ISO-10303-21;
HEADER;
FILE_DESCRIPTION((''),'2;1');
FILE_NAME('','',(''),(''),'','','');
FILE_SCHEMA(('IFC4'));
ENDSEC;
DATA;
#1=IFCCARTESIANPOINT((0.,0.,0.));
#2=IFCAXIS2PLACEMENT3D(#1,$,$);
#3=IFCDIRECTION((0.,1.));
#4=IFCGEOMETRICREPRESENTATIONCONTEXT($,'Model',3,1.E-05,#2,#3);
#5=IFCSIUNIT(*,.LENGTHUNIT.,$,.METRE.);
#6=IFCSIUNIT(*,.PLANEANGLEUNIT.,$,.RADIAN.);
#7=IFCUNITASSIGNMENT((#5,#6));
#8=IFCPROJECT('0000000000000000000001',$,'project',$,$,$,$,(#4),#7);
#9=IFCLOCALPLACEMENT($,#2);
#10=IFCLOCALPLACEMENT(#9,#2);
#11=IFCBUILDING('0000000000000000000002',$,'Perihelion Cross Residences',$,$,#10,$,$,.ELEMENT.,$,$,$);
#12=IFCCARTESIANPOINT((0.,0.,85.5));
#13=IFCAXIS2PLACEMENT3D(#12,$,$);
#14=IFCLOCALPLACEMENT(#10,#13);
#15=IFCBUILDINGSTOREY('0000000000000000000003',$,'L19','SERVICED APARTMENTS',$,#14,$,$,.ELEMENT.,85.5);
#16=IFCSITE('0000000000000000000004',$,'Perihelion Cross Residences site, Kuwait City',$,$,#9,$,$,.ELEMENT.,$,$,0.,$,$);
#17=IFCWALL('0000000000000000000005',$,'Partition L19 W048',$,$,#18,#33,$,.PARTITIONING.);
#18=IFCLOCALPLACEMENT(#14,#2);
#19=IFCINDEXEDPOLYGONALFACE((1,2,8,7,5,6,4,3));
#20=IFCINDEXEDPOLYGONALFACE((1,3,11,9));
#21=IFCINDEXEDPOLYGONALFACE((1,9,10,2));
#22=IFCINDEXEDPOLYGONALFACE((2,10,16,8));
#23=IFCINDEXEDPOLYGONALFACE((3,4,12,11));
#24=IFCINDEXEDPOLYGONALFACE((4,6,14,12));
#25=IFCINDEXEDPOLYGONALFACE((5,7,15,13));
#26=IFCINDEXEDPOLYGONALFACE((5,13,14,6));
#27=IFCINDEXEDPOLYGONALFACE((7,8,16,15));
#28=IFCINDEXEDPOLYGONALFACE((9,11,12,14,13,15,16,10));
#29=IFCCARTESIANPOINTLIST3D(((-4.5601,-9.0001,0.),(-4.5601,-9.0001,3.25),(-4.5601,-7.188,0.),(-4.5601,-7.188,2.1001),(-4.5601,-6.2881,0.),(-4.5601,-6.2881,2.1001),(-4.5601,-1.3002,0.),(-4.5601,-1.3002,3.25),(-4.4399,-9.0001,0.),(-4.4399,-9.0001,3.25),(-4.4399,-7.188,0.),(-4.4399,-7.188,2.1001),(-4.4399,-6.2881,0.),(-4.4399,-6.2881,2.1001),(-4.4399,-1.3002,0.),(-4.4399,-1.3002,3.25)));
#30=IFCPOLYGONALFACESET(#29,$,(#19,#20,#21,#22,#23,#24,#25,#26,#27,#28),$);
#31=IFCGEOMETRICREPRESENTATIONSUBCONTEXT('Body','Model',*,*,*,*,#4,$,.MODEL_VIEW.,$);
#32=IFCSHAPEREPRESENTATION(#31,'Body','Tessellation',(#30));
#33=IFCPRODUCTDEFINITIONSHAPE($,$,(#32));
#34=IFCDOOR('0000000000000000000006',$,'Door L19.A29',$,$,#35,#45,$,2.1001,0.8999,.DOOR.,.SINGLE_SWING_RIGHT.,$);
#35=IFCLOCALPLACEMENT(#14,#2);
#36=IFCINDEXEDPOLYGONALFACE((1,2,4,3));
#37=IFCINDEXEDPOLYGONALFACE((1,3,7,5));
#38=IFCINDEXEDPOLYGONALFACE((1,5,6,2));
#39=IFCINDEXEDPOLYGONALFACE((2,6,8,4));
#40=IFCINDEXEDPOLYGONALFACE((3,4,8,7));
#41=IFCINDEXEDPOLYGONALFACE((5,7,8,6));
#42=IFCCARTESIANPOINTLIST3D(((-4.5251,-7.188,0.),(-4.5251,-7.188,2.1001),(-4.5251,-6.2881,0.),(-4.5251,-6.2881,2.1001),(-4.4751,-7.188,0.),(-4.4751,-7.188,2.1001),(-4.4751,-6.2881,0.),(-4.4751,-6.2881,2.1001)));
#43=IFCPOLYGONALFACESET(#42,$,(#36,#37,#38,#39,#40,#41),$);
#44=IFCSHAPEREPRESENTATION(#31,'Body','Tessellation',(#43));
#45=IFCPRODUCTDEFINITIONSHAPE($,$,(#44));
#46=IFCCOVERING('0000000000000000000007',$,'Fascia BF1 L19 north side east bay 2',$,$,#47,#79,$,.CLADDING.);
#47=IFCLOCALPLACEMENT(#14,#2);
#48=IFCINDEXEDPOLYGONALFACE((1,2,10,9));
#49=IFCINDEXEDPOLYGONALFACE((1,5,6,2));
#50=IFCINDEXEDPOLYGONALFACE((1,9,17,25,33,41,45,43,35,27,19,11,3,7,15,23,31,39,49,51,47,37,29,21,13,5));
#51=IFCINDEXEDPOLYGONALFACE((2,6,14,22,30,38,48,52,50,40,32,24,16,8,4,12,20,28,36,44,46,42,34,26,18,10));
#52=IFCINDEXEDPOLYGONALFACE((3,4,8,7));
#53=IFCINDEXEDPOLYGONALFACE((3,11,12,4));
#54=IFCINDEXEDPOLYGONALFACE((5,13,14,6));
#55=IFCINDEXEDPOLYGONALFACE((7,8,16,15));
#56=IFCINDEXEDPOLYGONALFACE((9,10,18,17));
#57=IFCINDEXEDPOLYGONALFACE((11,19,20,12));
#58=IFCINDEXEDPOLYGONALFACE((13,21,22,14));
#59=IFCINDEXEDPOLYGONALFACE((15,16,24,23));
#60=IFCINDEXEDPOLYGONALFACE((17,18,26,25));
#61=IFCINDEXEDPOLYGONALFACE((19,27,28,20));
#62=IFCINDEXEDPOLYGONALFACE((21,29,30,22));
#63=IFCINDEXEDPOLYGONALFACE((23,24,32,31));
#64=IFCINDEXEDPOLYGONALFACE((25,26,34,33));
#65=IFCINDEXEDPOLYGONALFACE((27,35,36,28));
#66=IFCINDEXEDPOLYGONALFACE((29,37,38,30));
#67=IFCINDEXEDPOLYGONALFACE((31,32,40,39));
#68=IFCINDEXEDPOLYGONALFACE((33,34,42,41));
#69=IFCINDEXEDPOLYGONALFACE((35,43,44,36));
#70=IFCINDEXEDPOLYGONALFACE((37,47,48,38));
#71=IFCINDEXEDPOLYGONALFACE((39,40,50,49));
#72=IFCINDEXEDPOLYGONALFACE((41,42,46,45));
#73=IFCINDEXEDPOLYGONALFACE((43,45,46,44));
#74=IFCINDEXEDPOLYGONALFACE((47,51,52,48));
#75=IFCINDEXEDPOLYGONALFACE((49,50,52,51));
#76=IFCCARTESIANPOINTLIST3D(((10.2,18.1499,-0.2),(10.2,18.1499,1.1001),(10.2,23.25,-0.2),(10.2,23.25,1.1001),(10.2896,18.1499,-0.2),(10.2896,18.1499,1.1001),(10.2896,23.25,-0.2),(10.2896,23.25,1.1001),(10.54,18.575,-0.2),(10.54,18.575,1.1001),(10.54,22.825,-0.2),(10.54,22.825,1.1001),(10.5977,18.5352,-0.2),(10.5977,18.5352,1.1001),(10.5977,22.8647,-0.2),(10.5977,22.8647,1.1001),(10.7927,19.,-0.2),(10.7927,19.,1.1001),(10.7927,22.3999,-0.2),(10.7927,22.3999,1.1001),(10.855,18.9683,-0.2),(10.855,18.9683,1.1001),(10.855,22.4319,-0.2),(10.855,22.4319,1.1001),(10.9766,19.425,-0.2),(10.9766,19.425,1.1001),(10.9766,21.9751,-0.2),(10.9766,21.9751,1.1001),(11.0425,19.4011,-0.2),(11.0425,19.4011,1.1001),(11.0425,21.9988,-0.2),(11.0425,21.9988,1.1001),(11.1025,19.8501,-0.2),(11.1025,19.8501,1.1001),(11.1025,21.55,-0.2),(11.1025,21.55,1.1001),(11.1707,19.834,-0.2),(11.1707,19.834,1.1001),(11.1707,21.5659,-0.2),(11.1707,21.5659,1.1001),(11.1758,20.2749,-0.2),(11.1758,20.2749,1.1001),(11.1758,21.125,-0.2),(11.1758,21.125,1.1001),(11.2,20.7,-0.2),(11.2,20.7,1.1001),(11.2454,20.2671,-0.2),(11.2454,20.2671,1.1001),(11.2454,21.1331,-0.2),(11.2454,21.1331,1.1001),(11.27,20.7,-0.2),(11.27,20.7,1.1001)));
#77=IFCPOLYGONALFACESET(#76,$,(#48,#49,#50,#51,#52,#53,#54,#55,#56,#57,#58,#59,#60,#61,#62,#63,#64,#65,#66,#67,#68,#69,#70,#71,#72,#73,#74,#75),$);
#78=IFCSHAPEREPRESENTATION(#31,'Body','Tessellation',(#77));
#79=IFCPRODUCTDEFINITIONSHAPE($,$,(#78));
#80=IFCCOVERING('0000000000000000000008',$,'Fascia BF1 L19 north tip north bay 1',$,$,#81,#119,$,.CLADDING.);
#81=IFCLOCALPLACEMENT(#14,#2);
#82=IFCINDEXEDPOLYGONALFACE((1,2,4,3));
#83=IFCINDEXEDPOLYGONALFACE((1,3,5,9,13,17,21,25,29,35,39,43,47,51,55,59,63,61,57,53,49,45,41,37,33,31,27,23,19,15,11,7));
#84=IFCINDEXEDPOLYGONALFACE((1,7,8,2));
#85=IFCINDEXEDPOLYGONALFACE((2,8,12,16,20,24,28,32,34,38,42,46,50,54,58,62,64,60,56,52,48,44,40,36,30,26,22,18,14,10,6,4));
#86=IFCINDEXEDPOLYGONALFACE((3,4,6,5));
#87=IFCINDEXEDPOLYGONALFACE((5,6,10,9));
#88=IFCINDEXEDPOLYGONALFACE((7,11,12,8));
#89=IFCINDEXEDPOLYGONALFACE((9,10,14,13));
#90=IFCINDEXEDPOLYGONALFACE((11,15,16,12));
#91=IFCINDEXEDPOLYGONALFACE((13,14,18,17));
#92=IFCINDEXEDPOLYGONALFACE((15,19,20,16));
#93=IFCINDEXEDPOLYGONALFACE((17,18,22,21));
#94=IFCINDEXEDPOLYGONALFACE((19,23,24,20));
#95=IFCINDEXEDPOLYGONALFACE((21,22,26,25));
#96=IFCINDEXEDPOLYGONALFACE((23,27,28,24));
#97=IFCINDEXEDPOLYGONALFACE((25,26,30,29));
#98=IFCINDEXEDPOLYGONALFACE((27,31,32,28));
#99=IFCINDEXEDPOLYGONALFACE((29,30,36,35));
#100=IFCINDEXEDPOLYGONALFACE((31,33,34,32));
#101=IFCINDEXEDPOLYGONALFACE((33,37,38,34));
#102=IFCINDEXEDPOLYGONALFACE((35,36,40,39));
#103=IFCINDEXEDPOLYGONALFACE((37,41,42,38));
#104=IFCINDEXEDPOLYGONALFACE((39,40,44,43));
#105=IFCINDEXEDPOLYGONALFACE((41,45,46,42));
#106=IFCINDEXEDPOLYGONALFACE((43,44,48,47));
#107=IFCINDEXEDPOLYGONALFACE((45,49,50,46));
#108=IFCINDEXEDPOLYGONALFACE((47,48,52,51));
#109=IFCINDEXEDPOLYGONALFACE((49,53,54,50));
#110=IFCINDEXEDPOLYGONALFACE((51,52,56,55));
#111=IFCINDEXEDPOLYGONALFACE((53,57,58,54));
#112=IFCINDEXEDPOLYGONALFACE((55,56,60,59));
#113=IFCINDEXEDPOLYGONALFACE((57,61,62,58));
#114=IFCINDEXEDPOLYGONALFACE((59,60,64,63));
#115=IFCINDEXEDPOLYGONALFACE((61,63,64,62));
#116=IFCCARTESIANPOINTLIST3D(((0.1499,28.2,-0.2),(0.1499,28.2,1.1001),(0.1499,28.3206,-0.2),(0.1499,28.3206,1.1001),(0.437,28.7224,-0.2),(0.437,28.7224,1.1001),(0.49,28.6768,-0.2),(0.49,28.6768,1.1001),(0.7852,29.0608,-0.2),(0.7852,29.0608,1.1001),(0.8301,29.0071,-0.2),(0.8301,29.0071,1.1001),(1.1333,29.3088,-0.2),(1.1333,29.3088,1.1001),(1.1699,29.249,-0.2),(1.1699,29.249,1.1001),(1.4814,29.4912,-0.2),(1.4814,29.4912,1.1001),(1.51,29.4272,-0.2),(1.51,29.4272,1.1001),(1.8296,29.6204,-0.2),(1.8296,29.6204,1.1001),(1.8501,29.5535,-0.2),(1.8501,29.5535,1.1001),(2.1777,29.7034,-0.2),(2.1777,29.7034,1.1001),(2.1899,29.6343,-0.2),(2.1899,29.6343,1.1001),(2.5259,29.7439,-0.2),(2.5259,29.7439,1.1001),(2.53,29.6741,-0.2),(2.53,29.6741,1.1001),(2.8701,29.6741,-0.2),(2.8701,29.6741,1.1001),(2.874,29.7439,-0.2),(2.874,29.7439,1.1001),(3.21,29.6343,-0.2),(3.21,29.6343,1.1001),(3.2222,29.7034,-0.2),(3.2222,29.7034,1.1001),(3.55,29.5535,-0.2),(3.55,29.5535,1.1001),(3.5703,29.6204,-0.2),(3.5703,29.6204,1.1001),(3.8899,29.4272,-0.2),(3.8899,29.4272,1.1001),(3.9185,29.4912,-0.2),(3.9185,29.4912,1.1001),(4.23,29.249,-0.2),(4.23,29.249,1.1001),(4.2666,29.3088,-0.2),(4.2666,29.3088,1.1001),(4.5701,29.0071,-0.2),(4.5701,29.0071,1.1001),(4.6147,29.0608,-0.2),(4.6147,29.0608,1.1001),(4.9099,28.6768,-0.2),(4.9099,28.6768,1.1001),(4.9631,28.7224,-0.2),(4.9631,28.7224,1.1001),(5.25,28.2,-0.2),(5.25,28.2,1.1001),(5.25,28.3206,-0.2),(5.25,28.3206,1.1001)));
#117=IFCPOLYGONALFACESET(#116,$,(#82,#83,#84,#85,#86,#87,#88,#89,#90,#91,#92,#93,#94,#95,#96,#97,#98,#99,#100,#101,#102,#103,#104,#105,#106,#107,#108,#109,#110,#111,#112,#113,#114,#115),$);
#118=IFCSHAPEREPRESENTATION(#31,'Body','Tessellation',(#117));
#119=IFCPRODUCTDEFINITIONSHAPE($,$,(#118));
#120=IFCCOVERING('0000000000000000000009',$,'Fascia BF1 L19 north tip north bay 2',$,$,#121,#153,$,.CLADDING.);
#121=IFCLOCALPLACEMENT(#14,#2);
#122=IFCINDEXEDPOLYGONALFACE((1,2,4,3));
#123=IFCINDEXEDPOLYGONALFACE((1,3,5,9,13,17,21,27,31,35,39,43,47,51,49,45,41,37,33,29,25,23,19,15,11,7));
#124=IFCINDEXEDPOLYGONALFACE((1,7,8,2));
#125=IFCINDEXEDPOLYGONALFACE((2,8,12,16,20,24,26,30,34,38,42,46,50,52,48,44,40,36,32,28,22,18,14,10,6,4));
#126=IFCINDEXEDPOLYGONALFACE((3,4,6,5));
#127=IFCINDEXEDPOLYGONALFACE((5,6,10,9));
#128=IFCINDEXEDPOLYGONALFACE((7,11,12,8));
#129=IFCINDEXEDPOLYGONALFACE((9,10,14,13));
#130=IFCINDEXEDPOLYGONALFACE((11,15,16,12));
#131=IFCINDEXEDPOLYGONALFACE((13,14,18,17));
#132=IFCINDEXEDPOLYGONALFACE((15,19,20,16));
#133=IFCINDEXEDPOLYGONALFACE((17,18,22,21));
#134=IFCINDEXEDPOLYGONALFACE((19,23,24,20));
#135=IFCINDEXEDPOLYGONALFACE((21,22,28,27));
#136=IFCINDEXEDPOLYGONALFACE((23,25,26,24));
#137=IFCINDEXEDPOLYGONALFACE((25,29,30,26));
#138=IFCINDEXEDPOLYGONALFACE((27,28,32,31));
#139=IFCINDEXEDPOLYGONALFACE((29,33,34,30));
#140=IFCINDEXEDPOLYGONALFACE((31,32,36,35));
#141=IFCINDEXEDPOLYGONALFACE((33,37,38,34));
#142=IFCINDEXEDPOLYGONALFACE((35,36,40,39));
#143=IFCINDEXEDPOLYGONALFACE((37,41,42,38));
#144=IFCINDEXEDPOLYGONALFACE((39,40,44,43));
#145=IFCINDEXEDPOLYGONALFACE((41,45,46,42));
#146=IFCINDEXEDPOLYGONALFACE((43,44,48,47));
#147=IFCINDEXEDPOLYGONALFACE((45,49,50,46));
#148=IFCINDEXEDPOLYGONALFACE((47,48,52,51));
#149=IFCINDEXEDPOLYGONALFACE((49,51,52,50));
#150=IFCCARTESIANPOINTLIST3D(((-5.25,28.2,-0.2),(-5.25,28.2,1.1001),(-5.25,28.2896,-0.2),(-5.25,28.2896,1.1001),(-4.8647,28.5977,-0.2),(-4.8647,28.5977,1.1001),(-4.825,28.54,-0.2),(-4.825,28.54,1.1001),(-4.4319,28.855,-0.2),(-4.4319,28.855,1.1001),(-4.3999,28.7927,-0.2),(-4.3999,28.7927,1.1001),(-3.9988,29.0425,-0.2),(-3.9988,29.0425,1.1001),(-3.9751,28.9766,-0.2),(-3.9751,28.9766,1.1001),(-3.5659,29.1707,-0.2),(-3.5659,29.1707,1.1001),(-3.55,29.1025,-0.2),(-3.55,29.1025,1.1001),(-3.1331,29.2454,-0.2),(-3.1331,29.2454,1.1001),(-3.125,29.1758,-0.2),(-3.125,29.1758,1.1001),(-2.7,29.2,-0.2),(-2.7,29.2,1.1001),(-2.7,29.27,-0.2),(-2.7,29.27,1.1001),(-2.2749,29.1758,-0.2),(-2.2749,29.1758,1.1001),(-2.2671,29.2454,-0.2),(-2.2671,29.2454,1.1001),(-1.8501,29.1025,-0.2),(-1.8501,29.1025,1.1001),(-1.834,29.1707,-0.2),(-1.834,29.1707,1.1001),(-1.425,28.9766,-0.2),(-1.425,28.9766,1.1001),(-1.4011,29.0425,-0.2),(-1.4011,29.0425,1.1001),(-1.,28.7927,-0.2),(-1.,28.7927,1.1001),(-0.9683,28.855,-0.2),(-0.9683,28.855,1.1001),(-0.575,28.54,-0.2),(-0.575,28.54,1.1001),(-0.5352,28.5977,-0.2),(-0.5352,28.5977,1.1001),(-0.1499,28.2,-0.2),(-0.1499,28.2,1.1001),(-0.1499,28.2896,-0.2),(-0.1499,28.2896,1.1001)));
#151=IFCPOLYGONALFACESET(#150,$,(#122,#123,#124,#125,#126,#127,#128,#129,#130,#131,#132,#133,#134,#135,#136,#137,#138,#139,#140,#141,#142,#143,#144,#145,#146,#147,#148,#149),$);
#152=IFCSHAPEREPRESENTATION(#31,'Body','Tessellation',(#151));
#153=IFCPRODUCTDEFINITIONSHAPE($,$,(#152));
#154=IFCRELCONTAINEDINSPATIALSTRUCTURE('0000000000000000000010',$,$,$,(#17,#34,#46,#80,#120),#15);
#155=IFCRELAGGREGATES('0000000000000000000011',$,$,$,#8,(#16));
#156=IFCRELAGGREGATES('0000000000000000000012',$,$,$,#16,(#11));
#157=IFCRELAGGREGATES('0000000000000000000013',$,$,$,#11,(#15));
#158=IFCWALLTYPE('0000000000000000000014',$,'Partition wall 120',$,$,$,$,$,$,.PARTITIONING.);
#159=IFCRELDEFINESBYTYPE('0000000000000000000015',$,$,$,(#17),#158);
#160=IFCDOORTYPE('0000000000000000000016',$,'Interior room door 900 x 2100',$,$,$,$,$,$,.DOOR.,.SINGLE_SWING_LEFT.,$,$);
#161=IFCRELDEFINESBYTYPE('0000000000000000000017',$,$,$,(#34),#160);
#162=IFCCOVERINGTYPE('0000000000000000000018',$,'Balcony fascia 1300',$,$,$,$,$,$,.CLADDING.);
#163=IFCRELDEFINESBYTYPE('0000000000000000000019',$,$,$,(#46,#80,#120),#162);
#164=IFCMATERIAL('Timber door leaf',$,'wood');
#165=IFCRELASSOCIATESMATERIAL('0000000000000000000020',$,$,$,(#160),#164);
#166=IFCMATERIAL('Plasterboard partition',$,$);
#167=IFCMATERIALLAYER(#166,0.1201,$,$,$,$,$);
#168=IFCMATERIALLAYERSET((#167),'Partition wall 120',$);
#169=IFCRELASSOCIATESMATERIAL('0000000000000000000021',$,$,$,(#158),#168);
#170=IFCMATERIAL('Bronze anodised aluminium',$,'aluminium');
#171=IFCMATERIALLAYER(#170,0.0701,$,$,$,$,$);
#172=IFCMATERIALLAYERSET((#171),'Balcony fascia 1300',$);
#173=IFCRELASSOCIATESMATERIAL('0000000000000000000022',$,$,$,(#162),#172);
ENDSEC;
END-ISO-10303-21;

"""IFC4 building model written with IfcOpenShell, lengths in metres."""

from ifc_helpers import new_model, si_unit, direction, frame, frame_2d, origin, place, context, subcontext, project, spatial, polyline, rectangle, outline, extrude, material, layer, layer_set, type_object, element, fill, save


model = new_model("IFC4")

# Units and contexts
model_context = context("Model", 3, precision=1e-05, world=origin(), true_north=direction((0.0, 1.0)))
body_context = subcontext(model_context, "Body", "Model", "MODEL_VIEW")
ifc_project = project(units=[si_unit("LENGTHUNIT", "METRE"), si_unit("PLANEANGLEUNIT", "RADIAN")], contexts=[model_context])

# Site, building, storey
site_placement = place(None, origin())
site = spatial("IfcSite", under=ifc_project, at=site_placement, Name="Perihelion Cross Residences site, Kuwait City", CompositionType="ELEMENT", RefElevation=0.0)
building_placement = place(site_placement, origin())
building = spatial("IfcBuilding", under=site, at=building_placement, Name="Perihelion Cross Residences", CompositionType="ELEMENT")
storey_placement = place(building_placement, frame((0.0, 0.0, 85.5)))
storey = spatial("IfcBuildingStorey", under=building, at=storey_placement, Name="L19", Description="SERVICED APARTMENTS", CompositionType="ELEMENT", Elevation=85.5)

# Wall, opening, door
ifc_material_1 = material(Name="Timber door leaf", Category="wood")
door_type_1 = type_object("IfcDoorType", Name="Interior room door 900 x 2100", OperationType="SINGLE_SWING_LEFT", PredefinedType="DOOR", material=ifc_material_1)
ifc_material_2 = material(Name="Plasterboard partition")
ifc_layer_1 = layer(ifc_material_2, 0.1201)
ifc_layer_set_1 = layer_set([ifc_layer_1], Name="Partition wall 120")
wall_type_1 = type_object("IfcWallType", Name="Partition wall 120", PredefinedType="PARTITIONING", material=ifc_layer_set_1)
wall_1_placement = place(storey_placement, frame((-4.5, -1.3, 0.0), z_axis=(0.0, 0.0, 1.0), x_axis=(0.0, -1.0, 0.0)))
wall_1 = element("IfcWall", 1, at=wall_1_placement, inside=storey, type_object=wall_type_1, Name="Partition L19 W048", PredefinedType="PARTITIONING", context=body_context, shape_type="SweptSolid", body=[
    extrude(rectangle(XDim=7.7, YDim=0.1201, at=frame_2d((3.8501, 0.0))), origin(), (0.0, 0.0, 1.0), 3.25),
])
opening_1_placement = place(wall_1_placement, frame((4.988, 0.0, 0.0)))
opening_1 = element("IfcOpeningElement", 2, at=opening_1_placement, cuts=wall_1, PredefinedType="OPENING", context=body_context, shape_type="SweptSolid", body=[
    extrude(rectangle(XDim=0.8999, YDim=2.1001, at=frame_2d((0.45, 1.05))), frame((0.0, 0.0701, 0.0), z_axis=(0.0, -1.0, 0.0), x_axis=(1.0, 0.0, 0.0)), (0.0, 0.0, 1.0), 0.1401),
])
door_1_placement = place(opening_1_placement, origin())
door_1 = element("IfcDoor", 3, at=door_1_placement, inside=storey, type_object=door_type_1, Name="Door L19.A29", OperationType="SINGLE_SWING_RIGHT", OverallHeight=2.1001, OverallWidth=0.8999, PredefinedType="DOOR", context=body_context, shape_type="SweptSolid", body=[
    extrude(rectangle(XDim=0.8999, YDim=2.1001, at=frame_2d((0.45, 1.05))), frame((0.0, 0.0249, 0.0), z_axis=(0.0, -1.0, 0.0), x_axis=(1.0, 0.0, 0.0)), (0.0, 0.0, 1.0), 0.05),
])
fill(opening_1, door_1)

# Coverings
ifc_material_3 = material(Name="Bronze anodised aluminium", Category="aluminium")
ifc_layer_2 = layer(ifc_material_3, 0.0701)
ifc_layer_set_2 = layer_set([ifc_layer_2], Name="Balcony fascia 1300")
covering_type = type_object("IfcCoveringType", Name="Balcony fascia 1300", PredefinedType="CLADDING", material=ifc_layer_set_2)
covering_1_placement = place(storey_placement, frame((0.0, 0.0, -0.2)))
element("IfcCovering", 4, at=covering_1_placement, inside=storey, type_object=covering_type, Name="Fascia BF1 L19 north side east bay 2", PredefinedType="CLADDING", context=body_context, shape_type="SweptSolid", body=[
    extrude(outline(polyline([(10.5977, 18.5352), (10.855, 18.9683), (11.0425, 19.4011), (11.1707, 19.834), (11.2454, 20.2671), (11.27, 20.7), (11.2454, 21.1331), (11.1707, 21.5659), (11.0425, 21.9988), (10.855, 22.4319), (10.5977, 22.8647), (10.2896, 23.25), (10.2, 23.25), (10.54, 22.825), (10.7927, 22.3999), (10.9766, 21.9751), (11.1025, 21.55), (11.1758, 21.125), (11.2, 20.7), (11.1758, 20.2749), (11.1025, 19.8501), (10.9766, 19.425), (10.7927, 19.0), (10.54, 18.575), (10.2, 18.1499), (10.2896, 18.1499), (10.5977, 18.5352)])), origin(), (0.0, 0.0, 1.0), 1.3),
])
covering_2_placement = place(storey_placement, frame((0.0, 0.0, -0.2)))
element("IfcCovering", 5, at=covering_2_placement, inside=storey, type_object=covering_type, Name="Fascia BF1 L19 north tip north bay 1", PredefinedType="CLADDING", context=body_context, shape_type="SweptSolid", body=[
    extrude(outline(polyline([(4.9631, 28.7224), (4.6147, 29.0608), (4.2666, 29.3088), (3.9185, 29.4912), (3.5703, 29.6204), (3.2222, 29.7034), (2.874, 29.7439), (2.5259, 29.7439), (2.1777, 29.7034), (1.8296, 29.6204), (1.4814, 29.4912), (1.1333, 29.3088), (0.7852, 29.0608), (0.437, 28.7224), (0.1499, 28.3206), (0.1499, 28.2), (0.49, 28.6768), (0.8301, 29.0071), (1.1699, 29.249), (1.51, 29.4272), (1.8501, 29.5535), (2.1899, 29.6343), (2.53, 29.6741), (2.8701, 29.6741), (3.21, 29.6343), (3.55, 29.5535), (3.8899, 29.4272), (4.23, 29.249), (4.5701, 29.0071), (4.9099, 28.6768), (5.25, 28.2), (5.25, 28.3206), (4.9631, 28.7224)])), origin(), (0.0, 0.0, 1.0), 1.3),
])
covering_3_placement = place(storey_placement, frame((0.0, 0.0, -0.2)))
element("IfcCovering", 6, at=covering_3_placement, inside=storey, type_object=covering_type, Name="Fascia BF1 L19 north tip north bay 2", PredefinedType="CLADDING", context=body_context, shape_type="SweptSolid", body=[
    extrude(outline(polyline([(-0.5352, 28.5977), (-0.9683, 28.855), (-1.4011, 29.0425), (-1.834, 29.1707), (-2.2671, 29.2454), (-2.7, 29.27), (-3.1331, 29.2454), (-3.5659, 29.1707), (-3.9988, 29.0425), (-4.4319, 28.855), (-4.8647, 28.5977), (-5.25, 28.2896), (-5.25, 28.2), (-4.825, 28.54), (-4.3999, 28.7927), (-3.9751, 28.9766), (-3.55, 29.1025), (-3.125, 29.1758), (-2.7, 29.2), (-2.2749, 29.1758), (-1.8501, 29.1025), (-1.425, 28.9766), (-1.0, 28.7927), (-0.575, 28.54), (-0.1499, 28.2), (-0.1499, 28.2896), (-0.5352, 28.5977)])), origin(), (0.0, 0.0, 1.0), 1.3),
])

save(model, "model.ifc")
